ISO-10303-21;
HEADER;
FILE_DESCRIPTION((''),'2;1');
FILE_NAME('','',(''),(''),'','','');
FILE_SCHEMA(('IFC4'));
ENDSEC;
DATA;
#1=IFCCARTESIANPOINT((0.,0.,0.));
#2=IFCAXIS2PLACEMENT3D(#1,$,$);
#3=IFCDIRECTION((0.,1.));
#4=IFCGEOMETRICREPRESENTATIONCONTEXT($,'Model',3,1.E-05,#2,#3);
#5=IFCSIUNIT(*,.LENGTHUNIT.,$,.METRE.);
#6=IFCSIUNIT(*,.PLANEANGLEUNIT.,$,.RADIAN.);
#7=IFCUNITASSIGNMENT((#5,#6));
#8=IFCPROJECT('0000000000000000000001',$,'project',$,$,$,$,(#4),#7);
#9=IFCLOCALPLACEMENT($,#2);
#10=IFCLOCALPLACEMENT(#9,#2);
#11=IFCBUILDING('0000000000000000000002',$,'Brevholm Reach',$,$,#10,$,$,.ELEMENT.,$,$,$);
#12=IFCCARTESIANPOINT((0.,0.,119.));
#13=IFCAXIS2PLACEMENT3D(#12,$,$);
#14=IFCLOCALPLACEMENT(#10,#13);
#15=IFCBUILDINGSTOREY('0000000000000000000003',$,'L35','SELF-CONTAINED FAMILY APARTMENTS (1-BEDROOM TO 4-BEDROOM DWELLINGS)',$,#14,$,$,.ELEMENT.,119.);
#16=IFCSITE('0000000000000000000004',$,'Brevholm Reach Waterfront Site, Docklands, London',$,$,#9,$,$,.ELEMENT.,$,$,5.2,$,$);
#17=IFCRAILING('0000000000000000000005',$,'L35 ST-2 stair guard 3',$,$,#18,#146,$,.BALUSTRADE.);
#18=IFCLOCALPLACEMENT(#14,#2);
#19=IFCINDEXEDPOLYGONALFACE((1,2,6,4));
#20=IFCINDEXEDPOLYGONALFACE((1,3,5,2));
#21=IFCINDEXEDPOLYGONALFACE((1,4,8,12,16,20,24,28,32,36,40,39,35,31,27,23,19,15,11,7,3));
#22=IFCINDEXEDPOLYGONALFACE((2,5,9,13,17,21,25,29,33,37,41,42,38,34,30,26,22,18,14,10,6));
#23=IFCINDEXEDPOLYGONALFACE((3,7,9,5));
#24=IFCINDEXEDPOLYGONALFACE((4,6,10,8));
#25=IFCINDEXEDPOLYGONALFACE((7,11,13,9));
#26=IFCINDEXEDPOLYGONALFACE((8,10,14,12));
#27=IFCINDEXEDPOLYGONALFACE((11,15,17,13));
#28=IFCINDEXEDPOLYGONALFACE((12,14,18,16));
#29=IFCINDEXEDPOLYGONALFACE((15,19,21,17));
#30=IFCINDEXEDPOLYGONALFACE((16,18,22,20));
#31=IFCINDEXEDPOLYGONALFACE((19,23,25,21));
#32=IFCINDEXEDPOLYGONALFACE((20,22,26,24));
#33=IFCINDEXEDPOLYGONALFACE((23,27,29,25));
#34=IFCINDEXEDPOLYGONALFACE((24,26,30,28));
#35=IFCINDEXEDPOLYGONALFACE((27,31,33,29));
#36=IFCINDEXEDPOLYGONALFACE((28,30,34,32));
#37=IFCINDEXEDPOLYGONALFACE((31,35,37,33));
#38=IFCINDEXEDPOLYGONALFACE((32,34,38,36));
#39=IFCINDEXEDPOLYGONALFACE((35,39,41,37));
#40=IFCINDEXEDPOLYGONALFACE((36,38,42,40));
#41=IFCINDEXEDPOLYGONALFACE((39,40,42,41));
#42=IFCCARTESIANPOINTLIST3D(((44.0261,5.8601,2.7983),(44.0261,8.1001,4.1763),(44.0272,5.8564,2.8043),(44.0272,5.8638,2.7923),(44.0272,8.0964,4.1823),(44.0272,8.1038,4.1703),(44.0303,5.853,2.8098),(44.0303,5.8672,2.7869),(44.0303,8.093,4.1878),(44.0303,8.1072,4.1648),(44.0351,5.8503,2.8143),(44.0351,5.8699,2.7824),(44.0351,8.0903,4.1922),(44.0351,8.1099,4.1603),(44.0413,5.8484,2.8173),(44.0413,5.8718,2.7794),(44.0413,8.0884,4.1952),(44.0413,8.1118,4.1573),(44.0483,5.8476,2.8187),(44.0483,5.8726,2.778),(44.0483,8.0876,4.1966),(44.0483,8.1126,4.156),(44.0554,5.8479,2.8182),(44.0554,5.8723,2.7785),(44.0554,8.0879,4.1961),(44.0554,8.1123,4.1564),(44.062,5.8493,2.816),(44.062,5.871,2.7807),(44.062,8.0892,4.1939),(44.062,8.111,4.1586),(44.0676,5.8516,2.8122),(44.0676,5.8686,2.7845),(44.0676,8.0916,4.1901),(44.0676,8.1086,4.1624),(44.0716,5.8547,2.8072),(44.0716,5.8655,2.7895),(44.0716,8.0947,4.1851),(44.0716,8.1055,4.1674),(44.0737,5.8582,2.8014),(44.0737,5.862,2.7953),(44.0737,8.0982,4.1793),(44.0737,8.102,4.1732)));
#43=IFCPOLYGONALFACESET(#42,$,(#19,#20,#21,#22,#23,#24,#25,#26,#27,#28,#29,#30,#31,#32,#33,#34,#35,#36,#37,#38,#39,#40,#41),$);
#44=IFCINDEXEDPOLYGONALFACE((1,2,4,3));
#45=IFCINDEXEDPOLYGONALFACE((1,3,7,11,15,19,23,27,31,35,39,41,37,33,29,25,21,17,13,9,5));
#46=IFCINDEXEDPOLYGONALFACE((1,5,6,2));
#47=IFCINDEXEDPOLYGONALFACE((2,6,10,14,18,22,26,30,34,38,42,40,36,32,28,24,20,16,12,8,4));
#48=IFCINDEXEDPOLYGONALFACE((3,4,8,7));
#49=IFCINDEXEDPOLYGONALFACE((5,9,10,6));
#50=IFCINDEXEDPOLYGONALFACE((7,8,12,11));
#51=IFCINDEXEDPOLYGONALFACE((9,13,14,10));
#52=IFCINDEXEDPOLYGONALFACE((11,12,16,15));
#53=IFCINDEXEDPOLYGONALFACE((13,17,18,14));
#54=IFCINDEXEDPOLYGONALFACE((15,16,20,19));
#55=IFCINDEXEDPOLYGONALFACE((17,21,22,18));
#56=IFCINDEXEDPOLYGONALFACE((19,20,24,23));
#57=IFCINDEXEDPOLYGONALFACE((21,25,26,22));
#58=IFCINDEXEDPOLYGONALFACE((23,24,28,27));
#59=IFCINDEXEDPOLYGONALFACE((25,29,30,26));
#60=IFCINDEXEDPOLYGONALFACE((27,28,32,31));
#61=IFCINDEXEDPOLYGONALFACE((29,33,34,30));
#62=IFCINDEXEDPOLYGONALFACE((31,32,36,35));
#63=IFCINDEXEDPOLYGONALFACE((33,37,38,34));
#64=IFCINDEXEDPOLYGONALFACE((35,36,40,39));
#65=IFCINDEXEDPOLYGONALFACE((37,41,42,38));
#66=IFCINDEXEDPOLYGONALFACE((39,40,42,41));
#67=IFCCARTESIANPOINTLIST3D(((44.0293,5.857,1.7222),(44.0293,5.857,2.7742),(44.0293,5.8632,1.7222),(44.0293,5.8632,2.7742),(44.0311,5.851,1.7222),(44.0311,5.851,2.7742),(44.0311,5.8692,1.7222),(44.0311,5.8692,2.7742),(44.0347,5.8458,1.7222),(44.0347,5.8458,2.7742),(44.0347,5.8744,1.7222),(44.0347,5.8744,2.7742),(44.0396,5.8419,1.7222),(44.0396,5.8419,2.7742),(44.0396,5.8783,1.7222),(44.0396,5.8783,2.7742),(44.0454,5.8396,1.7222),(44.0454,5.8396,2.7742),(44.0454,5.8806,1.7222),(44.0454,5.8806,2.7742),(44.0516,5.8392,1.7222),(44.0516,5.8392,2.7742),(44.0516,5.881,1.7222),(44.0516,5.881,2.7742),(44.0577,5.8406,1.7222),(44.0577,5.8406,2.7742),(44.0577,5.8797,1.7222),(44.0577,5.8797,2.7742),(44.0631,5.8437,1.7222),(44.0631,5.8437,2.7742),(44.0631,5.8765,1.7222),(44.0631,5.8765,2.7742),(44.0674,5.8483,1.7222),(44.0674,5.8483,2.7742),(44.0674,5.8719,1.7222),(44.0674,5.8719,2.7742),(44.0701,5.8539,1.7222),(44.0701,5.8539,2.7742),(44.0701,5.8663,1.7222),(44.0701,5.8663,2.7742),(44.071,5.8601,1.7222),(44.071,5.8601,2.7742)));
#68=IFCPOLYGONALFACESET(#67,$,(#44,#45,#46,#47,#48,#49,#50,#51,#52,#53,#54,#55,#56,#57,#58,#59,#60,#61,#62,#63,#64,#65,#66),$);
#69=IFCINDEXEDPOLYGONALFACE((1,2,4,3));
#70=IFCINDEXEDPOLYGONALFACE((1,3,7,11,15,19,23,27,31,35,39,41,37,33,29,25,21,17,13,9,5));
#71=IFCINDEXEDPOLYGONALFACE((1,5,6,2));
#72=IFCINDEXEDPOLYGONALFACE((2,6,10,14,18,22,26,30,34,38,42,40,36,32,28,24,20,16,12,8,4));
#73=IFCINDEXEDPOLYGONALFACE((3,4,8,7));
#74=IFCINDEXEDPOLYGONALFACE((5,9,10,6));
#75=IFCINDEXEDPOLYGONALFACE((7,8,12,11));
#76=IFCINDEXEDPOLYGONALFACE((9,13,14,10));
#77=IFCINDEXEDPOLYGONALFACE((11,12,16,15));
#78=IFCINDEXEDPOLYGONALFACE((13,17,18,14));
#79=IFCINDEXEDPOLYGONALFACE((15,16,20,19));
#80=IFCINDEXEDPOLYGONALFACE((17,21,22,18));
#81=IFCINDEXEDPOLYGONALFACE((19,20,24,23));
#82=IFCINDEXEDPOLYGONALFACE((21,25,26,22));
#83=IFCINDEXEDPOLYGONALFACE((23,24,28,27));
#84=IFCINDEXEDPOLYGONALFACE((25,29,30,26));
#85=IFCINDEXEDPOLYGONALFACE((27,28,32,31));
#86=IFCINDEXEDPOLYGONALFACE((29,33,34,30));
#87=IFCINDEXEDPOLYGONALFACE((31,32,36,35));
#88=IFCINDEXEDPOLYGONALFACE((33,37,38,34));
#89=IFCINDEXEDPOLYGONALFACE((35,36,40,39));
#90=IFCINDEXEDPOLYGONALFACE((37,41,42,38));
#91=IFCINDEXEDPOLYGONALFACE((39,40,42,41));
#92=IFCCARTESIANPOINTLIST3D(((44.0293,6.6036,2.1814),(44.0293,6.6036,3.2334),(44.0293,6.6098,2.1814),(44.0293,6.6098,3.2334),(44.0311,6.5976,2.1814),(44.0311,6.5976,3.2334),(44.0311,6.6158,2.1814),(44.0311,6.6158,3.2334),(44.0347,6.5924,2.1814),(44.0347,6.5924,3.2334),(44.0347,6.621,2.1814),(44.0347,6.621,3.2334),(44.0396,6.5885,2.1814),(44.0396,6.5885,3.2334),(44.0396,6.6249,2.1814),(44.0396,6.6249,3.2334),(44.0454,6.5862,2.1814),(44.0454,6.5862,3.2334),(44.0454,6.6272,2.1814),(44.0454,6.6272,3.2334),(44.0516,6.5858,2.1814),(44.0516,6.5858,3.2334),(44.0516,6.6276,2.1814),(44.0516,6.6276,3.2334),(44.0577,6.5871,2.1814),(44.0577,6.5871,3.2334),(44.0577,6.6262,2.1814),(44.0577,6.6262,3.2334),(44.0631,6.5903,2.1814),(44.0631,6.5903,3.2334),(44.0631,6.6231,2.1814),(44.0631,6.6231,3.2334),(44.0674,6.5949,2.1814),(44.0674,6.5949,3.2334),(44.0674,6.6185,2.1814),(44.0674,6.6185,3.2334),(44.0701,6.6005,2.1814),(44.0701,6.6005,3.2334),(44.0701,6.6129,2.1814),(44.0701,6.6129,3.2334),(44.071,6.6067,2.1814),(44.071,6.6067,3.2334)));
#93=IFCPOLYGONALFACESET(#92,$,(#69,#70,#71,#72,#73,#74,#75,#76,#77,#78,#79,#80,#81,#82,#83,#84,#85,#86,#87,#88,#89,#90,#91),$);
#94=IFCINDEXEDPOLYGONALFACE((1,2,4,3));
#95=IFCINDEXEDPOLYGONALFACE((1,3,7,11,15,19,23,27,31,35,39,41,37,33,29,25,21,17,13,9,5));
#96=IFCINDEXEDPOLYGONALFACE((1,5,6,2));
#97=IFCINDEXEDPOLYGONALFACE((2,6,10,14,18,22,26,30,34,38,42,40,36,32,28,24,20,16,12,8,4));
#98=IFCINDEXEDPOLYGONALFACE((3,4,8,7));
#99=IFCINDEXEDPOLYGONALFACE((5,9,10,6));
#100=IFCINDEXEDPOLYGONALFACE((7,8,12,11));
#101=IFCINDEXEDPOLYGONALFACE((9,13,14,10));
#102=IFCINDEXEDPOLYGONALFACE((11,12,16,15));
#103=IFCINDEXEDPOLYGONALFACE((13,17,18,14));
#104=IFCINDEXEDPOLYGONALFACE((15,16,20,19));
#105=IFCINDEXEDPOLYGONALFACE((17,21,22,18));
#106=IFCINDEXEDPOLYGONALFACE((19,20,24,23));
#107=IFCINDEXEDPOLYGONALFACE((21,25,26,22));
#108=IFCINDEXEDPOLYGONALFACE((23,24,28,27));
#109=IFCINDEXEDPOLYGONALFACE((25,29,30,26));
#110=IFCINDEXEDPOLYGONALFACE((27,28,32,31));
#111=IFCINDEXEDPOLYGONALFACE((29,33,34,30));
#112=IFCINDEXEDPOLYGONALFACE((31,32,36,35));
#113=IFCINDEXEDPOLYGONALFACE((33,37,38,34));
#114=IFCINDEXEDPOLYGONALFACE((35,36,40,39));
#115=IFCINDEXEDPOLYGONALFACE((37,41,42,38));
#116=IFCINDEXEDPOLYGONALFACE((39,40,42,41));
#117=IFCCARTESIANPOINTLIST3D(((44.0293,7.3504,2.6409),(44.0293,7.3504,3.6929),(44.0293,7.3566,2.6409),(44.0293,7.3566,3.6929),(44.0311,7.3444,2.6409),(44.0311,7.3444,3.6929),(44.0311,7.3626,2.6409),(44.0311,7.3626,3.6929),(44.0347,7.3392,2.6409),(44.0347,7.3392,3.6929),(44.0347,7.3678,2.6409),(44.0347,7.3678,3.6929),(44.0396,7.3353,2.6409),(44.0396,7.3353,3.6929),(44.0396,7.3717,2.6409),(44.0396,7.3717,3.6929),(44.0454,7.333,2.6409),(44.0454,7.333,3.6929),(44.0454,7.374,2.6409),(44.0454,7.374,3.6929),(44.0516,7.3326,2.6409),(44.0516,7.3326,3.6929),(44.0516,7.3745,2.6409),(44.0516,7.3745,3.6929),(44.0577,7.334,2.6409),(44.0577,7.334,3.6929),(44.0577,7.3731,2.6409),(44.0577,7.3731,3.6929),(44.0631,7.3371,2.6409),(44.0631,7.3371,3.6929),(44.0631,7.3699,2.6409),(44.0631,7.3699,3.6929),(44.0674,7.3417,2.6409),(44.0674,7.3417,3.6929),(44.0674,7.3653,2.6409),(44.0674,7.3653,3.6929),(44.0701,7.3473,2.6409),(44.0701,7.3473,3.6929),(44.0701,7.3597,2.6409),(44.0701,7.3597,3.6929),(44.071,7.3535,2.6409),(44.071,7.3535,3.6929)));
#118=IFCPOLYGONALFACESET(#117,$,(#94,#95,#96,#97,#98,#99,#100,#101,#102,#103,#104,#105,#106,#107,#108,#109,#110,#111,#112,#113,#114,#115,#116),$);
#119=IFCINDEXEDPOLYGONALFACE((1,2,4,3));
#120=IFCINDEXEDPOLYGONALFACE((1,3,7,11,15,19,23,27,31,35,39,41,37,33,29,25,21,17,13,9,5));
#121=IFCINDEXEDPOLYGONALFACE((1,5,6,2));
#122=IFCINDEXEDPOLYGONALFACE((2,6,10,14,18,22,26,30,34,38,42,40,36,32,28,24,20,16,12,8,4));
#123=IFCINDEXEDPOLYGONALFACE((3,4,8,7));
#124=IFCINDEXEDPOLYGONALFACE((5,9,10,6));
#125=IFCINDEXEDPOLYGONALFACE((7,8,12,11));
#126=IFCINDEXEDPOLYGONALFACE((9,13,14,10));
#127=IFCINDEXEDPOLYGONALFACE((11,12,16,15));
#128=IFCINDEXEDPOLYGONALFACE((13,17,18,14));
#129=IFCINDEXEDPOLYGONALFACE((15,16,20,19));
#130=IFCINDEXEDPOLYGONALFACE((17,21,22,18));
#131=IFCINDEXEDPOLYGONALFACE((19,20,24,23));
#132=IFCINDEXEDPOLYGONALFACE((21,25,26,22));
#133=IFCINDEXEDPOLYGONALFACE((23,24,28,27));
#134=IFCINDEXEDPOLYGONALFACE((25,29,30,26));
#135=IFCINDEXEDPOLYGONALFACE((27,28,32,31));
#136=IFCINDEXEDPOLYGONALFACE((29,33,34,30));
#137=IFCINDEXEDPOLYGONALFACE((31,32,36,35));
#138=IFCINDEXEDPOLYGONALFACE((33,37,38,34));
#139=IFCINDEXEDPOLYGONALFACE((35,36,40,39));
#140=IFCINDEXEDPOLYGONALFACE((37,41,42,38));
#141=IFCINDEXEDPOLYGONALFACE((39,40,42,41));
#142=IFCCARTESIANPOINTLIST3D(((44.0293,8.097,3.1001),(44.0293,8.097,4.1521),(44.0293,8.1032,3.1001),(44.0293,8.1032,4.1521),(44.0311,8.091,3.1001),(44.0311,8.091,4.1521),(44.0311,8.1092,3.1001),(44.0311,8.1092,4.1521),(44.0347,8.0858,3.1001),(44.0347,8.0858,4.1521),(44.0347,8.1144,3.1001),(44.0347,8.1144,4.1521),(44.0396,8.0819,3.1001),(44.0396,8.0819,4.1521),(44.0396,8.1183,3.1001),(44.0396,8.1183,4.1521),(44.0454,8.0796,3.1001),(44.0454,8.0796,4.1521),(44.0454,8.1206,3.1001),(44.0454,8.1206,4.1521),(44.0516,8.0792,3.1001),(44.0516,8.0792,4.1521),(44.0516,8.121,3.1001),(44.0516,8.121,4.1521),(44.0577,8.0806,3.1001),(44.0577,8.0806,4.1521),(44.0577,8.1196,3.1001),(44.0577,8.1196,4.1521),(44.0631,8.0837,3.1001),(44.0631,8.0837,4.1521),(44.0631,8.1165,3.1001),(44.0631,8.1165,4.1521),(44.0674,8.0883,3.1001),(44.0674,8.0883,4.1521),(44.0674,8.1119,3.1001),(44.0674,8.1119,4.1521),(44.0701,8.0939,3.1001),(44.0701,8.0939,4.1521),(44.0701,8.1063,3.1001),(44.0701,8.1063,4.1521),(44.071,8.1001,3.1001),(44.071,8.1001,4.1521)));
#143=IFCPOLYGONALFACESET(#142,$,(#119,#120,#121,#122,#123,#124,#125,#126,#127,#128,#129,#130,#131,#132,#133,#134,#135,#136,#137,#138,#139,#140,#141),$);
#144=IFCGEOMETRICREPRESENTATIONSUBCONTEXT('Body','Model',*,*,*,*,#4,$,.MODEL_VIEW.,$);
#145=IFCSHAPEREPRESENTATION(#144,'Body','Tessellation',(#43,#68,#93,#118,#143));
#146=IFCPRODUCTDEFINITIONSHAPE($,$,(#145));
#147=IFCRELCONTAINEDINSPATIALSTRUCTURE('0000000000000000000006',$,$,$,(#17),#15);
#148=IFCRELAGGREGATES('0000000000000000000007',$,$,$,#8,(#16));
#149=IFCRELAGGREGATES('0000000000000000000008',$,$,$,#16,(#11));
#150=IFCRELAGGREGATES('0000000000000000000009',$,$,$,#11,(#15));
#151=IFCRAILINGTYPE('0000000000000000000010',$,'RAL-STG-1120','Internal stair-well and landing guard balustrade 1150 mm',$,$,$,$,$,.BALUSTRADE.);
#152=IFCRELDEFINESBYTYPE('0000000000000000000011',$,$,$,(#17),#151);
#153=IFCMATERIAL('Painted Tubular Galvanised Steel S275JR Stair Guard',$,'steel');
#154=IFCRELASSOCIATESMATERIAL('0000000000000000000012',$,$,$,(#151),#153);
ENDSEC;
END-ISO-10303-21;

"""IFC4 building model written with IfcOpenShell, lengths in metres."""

from ifc_helpers import new_model, si_unit, direction, frame, origin, origin_2d, place, context, subcontext, project, spatial, circle, extrude, material, type_object, element, save


model = new_model("IFC4")

# Units and contexts
model_context = context("Model", 3, precision=1e-05, world=origin(), true_north=direction((0.0, 1.0)))
body_context = subcontext(model_context, "Body", "Model", "MODEL_VIEW")
ifc_project = project(units=[si_unit("LENGTHUNIT", "METRE"), si_unit("PLANEANGLEUNIT", "RADIAN")], contexts=[model_context])

# Site, building, storey
site_placement = place(None, origin())
site = spatial("IfcSite", under=ifc_project, at=site_placement, Name="Brevholm Reach Waterfront Site, Docklands, London", CompositionType="ELEMENT", RefElevation=5.2)
building_placement = place(site_placement, origin())
building = spatial("IfcBuilding", under=site, at=building_placement, Name="Brevholm Reach", CompositionType="ELEMENT")
storey_placement = place(building_placement, frame((0.0, 0.0, 119.0)))
storey = spatial("IfcBuildingStorey", under=building, at=storey_placement, Name="L35", Description="SELF-CONTAINED FAMILY APARTMENTS (1-BEDROOM TO 4-BEDROOM DWELLINGS)", CompositionType="ELEMENT", Elevation=119.0)

# Railing
ifc_material_1 = material(Name="Painted Tubular Galvanised Steel S275JR Stair Guard", Category="steel")
railing_type_1 = type_object("IfcRailingType", Name="RAL-STG-1120", Description="Internal stair-well and landing guard balustrade 1150 mm", PredefinedType="BALUSTRADE", material=ifc_material_1)
railing_1_placement = place(storey_placement, frame((44.05, 5.8601, 1.7222)))
element("IfcRailing", 1, at=railing_1_placement, inside=storey, type_object=railing_type_1, Name="L35 ST-2 stair guard 3", PredefinedType="BALUSTRADE", context=body_context, shape_type="SweptSolid", body=[
    extrude(circle(Radius=0.0239, at=origin_2d()), frame((0.0, 0.0, 1.0762), z_axis=(0.0, 0.851748, 0.523952), x_axis=(-1.0, 0.0, 0.0)), (0.0, 0.0, 1.0), 2.6299),
    extrude(circle(Radius=0.021, at=origin_2d()), origin(), (0.0, 0.0, 1.0), 1.052),
    extrude(circle(Radius=0.021, at=origin_2d()), frame((0.0, 0.7466, 0.4592)), (0.0, 0.0, 1.0), 1.052),
    extrude(circle(Radius=0.021, at=origin_2d()), frame((0.0, 1.4934, 0.9187)), (0.0, 0.0, 1.0), 1.052),
    extrude(circle(Radius=0.021, at=origin_2d()), frame((0.0, 2.24, 1.3779)), (0.0, 0.0, 1.0), 1.052),
])

save(model, "model.ifc")
